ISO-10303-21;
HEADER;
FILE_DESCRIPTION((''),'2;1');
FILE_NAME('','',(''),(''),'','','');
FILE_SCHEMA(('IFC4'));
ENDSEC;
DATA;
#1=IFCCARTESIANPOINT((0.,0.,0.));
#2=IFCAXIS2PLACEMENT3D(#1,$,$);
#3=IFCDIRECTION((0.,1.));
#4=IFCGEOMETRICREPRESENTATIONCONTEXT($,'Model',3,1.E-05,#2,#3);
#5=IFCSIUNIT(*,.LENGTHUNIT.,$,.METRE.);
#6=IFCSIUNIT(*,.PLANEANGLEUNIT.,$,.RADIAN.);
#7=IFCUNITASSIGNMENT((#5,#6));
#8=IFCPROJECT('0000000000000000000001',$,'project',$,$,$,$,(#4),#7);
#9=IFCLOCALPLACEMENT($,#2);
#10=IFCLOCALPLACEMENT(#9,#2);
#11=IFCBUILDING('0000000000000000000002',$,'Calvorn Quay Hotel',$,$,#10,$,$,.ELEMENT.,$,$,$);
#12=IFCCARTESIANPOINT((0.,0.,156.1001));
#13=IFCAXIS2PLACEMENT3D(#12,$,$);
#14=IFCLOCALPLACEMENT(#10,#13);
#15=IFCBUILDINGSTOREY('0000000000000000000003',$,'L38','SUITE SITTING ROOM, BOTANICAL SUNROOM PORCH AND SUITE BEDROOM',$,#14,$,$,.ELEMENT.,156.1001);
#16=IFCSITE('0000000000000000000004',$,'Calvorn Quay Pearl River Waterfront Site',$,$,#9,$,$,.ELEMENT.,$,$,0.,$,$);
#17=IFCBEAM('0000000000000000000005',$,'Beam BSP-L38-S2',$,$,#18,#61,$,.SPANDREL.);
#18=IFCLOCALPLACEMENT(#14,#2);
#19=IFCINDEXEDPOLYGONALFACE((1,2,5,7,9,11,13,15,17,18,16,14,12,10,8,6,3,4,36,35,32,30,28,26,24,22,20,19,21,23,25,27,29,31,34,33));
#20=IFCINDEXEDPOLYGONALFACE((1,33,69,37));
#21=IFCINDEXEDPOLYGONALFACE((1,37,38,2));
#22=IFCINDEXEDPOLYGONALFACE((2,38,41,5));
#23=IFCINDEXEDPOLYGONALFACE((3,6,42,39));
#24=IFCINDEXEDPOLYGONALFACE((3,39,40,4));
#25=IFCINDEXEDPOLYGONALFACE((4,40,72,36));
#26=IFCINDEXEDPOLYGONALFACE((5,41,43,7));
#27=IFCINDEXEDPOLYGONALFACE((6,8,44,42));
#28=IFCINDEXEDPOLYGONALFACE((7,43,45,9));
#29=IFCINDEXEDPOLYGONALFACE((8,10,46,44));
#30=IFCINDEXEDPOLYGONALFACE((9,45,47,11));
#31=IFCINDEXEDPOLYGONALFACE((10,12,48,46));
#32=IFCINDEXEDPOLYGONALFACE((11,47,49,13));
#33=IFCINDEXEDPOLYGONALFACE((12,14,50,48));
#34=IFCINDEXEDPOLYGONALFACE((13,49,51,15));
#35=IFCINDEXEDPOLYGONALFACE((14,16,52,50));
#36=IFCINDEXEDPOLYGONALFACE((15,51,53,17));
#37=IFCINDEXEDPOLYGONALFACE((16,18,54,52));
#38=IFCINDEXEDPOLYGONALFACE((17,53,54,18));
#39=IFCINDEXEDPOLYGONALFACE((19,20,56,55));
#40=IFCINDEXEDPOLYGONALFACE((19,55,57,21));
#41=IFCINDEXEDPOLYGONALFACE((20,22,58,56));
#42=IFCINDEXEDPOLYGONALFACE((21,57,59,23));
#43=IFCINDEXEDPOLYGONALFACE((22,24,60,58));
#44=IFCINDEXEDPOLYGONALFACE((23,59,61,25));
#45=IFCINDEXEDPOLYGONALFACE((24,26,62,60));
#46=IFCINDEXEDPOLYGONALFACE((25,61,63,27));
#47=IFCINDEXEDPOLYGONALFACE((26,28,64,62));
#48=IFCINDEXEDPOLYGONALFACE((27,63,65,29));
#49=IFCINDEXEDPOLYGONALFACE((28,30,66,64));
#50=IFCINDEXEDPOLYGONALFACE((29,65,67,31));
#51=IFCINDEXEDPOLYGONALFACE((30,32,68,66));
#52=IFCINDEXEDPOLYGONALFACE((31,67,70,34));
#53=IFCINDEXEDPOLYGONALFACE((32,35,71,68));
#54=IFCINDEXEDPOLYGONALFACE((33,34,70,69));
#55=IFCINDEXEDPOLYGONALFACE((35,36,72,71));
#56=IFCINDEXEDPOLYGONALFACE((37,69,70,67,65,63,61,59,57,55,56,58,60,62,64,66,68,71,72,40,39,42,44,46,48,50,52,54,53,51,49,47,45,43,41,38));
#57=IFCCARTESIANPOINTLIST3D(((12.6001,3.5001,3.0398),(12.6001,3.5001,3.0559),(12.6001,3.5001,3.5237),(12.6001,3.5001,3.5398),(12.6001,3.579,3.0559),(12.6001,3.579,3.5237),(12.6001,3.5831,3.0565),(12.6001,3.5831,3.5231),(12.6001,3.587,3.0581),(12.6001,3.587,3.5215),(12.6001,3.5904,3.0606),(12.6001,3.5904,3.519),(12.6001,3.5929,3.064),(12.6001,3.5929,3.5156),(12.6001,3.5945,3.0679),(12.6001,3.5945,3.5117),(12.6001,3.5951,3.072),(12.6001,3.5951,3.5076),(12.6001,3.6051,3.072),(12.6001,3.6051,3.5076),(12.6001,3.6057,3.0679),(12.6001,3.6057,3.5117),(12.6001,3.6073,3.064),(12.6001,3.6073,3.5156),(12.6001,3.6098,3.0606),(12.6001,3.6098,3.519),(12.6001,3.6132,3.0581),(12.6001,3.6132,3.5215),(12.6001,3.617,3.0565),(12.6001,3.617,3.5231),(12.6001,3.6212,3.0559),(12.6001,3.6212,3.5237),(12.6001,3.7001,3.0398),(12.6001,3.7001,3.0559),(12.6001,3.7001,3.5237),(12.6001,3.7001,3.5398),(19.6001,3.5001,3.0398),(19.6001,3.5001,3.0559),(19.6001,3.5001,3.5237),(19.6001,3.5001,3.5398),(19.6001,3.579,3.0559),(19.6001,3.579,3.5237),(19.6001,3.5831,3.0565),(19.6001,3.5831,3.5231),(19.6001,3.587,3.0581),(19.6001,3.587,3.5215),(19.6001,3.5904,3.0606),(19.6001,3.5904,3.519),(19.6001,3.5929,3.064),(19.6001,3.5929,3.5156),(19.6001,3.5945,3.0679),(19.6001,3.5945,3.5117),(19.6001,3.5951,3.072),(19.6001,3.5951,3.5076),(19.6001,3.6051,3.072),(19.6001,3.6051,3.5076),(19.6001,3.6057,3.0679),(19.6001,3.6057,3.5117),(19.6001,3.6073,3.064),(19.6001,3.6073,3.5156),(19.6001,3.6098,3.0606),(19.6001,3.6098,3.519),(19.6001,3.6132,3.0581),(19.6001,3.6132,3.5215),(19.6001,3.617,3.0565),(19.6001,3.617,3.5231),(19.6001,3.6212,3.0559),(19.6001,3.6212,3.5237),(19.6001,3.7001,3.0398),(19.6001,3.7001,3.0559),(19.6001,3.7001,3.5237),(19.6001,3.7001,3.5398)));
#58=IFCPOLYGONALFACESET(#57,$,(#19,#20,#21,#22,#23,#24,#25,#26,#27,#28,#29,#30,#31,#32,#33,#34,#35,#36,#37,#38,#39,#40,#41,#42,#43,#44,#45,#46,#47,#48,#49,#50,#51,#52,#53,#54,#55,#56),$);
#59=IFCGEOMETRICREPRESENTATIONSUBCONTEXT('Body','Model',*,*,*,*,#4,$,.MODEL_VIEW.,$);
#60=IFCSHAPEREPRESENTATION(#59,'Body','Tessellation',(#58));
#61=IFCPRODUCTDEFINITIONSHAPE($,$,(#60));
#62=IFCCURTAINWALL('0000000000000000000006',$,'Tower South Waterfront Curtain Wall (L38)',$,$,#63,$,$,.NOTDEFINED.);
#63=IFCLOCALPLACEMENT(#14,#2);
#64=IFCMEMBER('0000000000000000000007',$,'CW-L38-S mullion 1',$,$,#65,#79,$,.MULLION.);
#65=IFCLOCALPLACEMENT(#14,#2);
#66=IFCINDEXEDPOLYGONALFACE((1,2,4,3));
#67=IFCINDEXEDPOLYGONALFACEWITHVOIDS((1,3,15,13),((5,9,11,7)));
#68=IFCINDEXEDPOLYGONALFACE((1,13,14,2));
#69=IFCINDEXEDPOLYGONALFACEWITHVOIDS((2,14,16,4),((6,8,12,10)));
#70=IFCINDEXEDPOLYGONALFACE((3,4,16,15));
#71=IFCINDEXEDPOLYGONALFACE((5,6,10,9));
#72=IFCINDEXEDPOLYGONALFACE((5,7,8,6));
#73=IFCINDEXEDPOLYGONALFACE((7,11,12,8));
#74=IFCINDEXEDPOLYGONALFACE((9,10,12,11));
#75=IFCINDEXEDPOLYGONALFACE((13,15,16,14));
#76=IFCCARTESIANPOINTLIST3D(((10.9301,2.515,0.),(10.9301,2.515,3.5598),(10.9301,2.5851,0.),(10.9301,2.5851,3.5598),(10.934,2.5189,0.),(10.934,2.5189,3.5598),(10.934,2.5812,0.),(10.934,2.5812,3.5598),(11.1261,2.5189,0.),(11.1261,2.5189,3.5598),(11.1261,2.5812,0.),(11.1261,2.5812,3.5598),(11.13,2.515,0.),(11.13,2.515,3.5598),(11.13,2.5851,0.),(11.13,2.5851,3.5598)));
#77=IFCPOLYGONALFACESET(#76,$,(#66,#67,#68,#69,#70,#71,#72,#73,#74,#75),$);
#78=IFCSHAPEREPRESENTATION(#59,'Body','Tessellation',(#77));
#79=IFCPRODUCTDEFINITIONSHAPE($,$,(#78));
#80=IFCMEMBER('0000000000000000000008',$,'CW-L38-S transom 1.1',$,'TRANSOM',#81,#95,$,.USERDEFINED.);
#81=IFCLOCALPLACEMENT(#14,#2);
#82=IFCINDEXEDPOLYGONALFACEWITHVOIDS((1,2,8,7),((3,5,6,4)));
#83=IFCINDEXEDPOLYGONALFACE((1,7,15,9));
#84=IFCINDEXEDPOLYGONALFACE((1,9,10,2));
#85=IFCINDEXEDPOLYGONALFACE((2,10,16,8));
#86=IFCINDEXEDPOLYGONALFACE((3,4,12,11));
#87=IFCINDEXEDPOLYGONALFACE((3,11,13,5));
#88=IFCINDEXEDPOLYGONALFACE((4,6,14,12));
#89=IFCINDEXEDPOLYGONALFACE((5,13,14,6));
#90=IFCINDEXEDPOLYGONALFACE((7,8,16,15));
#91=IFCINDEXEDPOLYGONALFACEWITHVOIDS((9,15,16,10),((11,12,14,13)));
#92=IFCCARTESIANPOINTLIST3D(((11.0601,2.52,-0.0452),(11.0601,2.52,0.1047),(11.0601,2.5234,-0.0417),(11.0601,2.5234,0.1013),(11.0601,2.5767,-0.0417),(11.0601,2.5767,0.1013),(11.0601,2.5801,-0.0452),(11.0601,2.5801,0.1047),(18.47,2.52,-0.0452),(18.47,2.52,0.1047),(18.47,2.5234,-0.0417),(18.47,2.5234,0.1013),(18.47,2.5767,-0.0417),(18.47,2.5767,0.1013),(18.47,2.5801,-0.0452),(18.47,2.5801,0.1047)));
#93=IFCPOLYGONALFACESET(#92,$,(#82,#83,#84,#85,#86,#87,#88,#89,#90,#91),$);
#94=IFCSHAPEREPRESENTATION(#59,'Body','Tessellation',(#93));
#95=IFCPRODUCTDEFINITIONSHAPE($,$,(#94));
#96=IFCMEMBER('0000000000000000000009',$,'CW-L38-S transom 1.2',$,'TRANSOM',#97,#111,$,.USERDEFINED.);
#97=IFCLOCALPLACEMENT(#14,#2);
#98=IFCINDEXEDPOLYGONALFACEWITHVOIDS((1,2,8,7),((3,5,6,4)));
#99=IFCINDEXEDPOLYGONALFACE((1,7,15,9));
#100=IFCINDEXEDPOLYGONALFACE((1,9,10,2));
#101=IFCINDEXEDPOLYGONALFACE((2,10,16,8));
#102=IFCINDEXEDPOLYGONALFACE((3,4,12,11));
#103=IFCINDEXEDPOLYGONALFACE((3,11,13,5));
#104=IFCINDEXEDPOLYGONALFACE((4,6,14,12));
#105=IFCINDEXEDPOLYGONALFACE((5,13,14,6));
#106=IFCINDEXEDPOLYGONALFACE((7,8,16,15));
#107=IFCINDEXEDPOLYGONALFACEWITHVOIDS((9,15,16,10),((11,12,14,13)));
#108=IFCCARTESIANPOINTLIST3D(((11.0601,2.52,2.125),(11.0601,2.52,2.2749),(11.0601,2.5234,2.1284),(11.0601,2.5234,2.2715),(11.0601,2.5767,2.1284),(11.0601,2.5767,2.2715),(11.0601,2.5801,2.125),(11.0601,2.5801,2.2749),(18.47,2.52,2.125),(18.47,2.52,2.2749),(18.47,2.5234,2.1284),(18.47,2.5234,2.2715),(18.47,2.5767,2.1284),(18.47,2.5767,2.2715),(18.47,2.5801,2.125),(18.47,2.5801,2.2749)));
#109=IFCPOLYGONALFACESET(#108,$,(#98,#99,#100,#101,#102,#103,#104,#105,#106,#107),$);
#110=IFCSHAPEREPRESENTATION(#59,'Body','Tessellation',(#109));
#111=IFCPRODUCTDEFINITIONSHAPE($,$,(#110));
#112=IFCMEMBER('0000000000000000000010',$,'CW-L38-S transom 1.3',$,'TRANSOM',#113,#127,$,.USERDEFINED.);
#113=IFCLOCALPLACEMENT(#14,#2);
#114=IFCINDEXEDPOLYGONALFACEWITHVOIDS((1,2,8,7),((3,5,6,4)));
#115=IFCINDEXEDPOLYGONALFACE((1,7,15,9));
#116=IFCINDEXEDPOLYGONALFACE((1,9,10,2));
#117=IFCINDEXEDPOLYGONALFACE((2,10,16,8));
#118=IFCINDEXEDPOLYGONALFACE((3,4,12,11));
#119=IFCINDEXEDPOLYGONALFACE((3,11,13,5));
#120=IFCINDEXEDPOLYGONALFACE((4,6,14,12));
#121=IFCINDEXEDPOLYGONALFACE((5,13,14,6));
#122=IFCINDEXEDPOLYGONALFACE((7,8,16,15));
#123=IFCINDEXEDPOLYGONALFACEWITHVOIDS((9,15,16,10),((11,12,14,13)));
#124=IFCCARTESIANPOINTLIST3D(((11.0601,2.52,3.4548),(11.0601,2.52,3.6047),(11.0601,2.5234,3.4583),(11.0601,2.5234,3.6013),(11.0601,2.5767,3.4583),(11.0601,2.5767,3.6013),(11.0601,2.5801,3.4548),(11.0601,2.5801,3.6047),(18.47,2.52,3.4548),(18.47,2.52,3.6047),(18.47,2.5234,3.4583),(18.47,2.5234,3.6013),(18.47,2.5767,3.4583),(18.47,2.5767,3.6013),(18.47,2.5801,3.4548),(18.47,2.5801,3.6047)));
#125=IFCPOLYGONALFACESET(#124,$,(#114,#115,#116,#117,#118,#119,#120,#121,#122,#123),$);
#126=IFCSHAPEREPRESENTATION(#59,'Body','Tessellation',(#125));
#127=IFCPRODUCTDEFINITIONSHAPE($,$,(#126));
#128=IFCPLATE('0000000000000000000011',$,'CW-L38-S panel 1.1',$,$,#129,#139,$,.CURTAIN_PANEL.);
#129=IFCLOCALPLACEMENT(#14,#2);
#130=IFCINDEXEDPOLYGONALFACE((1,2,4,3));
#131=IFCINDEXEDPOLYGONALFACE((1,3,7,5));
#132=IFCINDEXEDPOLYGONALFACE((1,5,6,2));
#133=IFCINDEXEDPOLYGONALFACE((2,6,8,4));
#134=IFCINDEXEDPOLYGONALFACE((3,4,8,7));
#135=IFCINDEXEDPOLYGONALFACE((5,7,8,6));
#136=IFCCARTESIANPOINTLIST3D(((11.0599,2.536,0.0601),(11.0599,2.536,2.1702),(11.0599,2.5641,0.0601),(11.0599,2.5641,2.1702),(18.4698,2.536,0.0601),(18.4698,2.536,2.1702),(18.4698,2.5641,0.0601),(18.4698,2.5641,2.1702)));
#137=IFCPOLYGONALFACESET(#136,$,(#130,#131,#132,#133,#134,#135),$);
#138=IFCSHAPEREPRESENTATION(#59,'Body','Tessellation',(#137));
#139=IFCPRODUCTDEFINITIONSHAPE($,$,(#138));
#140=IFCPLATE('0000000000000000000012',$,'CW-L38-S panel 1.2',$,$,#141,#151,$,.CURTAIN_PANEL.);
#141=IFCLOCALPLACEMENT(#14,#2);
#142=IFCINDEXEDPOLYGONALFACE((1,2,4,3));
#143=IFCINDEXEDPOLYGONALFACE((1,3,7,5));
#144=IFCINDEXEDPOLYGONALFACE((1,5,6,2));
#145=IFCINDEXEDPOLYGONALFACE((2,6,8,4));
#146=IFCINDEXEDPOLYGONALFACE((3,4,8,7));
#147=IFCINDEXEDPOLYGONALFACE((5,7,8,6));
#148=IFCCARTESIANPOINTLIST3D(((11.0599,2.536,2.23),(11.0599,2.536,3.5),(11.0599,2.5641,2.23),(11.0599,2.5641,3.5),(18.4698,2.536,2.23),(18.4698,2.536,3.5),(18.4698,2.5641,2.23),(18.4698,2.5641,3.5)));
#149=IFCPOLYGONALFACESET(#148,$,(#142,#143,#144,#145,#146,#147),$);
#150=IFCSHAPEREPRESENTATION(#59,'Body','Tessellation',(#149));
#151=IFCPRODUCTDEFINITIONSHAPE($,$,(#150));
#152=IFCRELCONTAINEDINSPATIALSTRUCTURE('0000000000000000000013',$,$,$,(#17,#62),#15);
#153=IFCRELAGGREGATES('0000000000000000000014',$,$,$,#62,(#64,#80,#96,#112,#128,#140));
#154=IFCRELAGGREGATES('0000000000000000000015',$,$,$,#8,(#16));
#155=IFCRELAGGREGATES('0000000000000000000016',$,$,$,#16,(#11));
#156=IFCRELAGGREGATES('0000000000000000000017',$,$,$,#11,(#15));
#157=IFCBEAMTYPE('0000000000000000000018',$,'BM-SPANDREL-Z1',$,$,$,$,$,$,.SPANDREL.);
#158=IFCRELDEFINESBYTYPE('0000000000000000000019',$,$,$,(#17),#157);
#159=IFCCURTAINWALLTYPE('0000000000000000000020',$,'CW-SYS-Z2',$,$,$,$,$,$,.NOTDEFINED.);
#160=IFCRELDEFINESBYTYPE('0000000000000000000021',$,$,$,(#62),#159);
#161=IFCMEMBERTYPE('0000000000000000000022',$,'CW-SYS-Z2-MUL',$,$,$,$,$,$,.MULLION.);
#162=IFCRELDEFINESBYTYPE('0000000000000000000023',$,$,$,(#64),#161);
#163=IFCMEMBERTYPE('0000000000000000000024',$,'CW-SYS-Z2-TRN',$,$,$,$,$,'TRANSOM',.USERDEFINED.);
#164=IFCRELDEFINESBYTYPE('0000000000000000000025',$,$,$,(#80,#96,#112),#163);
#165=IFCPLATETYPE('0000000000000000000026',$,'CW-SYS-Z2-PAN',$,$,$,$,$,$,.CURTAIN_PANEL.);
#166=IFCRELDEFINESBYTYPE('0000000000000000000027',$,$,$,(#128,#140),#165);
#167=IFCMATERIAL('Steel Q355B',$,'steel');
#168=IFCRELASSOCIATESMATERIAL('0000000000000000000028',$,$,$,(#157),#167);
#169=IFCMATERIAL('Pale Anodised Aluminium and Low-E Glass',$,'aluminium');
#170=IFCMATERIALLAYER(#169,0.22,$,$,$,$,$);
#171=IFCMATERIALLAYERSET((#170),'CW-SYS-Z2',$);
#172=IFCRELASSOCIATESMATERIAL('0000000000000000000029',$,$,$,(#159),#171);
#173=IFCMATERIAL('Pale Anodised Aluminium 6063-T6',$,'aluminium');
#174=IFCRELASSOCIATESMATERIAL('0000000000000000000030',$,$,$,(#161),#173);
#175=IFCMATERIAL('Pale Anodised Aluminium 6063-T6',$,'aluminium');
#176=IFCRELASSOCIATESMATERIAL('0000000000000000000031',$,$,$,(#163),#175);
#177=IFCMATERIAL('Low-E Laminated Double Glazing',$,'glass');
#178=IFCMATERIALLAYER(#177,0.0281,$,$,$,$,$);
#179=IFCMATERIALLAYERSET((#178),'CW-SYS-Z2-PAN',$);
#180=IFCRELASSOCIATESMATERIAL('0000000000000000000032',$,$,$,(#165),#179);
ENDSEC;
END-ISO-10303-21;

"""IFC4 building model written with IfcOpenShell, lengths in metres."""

from ifc_helpers import new_model, si_unit, direction, frame, origin, origin_2d, place, context, subcontext, project, spatial, rectangle, hollow_rectangle, i_section, extrude, material, layer, layer_set, material_profile, profile_set, type_object, element, aggregate, save


model = new_model("IFC4")

# Units and contexts
model_context = context("Model", 3, precision=1e-05, world=origin(), true_north=direction((0.0, 1.0)))
body_context = subcontext(model_context, "Body", "Model", "MODEL_VIEW")
ifc_project = project(units=[si_unit("LENGTHUNIT", "METRE"), si_unit("PLANEANGLEUNIT", "RADIAN")], contexts=[model_context])

# Site, building, storey
site_placement = place(None, origin())
site = spatial("IfcSite", under=ifc_project, at=site_placement, Name="Calvorn Quay Pearl River Waterfront Site", CompositionType="ELEMENT", RefElevation=0.0)
building_placement = place(site_placement, origin())
building = spatial("IfcBuilding", under=site, at=building_placement, Name="Calvorn Quay Hotel", CompositionType="ELEMENT")
storey_placement = place(building_placement, frame((0.0, 0.0, 156.1001)))
storey = spatial("IfcBuildingStorey", under=building, at=storey_placement, Name="L38", Description="SUITE SITTING ROOM, BOTANICAL SUNROOM PORCH AND SUITE BEDROOM", CompositionType="ELEMENT", Elevation=156.1001)

# Beam
ifc_material_1 = material(Name="Steel Q355B", Category="steel")
ifc_material_profile_1 = material_profile(ifc_material_1, i_section(OverallWidth=0.2, OverallDepth=0.5, WebThickness=0.01, FlangeThickness=0.0161, FilletRadius=0.0161, at=origin_2d()), Name="HN500x200x10x16")
ifc_profile_set_1 = profile_set([ifc_material_profile_1], Name="Steel Q355B")
beam_type_1 = type_object("IfcBeamType", Name="BM-SPANDREL-Z1", PredefinedType="SPANDREL", material=ifc_profile_set_1)
beam_1_placement = place(storey_placement, frame((12.6001, 3.6001, 3.2898), z_axis=(1.0, 0.0, 0.0), x_axis=(0.0, 1.0, 0.0)))
element("IfcBeam", 1, at=beam_1_placement, inside=storey, type_object=beam_type_1, Name="Beam BSP-L38-S2", PredefinedType="SPANDREL", context=body_context, shape_type="SweptSolid", body=[
    extrude(i_section(OverallWidth=0.2, OverallDepth=0.5, WebThickness=0.01, FlangeThickness=0.0161, FilletRadius=0.0161, at=origin_2d()), origin(), (0.0, 0.0, 1.0), 7.0),
])

# Curtain wall, members, plates
ifc_material_2 = material(Name="Pale Anodised Aluminium and Low-E Glass", Category="aluminium")
ifc_layer_1 = layer(ifc_material_2, 0.22)
ifc_layer_set_1 = layer_set([ifc_layer_1], Name="CW-SYS-Z2")
curtain_wall_type = type_object("IfcCurtainWallType", Name="CW-SYS-Z2", PredefinedType="NOTDEFINED", material=ifc_layer_set_1)
curtain_wall_placement = place(storey_placement, origin())
curtain_wall = element("IfcCurtainWall", 2, at=curtain_wall_placement, inside=storey, type_object=curtain_wall_type, Name="Tower South Waterfront Curtain Wall (L38)", PredefinedType="NOTDEFINED")
ifc_material_3 = material(Name="Pale Anodised Aluminium 6063-T6", Category="aluminium")
ifc_material_profile_2 = material_profile(ifc_material_3, hollow_rectangle(XDim=0.0701, YDim=0.2, WallThickness=0.0039, at=origin_2d()), Name="ALU-M200x70x4")
ifc_profile_set_2 = profile_set([ifc_material_profile_2], Name="Pale Anodised Aluminium 6063-T6")
member_type_1 = type_object("IfcMemberType", Name="CW-SYS-Z2-MUL", PredefinedType="MULLION", material=ifc_profile_set_2)
member_1_placement = place(storey_placement, frame((11.03, 2.55, 0.0), z_axis=(0.0, 0.0, 1.0), x_axis=(0.0, 1.0, 0.0)))
member_1 = element("IfcMember", 3, at=member_1_placement, type_object=member_type_1, Name="CW-L38-S mullion 1", PredefinedType="MULLION", context=body_context, shape_type="SweptSolid", body=[
    extrude(hollow_rectangle(XDim=0.0701, YDim=0.2, WallThickness=0.0039, at=origin_2d()), origin(), (0.0, 0.0, 1.0), 3.5598),
])
ifc_material_4 = material(Name="Pale Anodised Aluminium 6063-T6", Category="aluminium")
ifc_material_profile_3 = material_profile(ifc_material_4, hollow_rectangle(XDim=0.0601, YDim=0.1499, WallThickness=0.0034, at=origin_2d()), Name="ALU-T150x60x3.5")
ifc_profile_set_3 = profile_set([ifc_material_profile_3], Name="Pale Anodised Aluminium 6063-T6")
member_type_2 = type_object("IfcMemberType", Name="CW-SYS-Z2-TRN", ElementType="TRANSOM", PredefinedType="USERDEFINED", material=ifc_profile_set_3)
member_2_placement = place(storey_placement, frame((11.0601, 2.55, 0.0298), z_axis=(1.0, 0.0, 0.0), x_axis=(0.0, 1.0, 0.0)))
member_2 = element("IfcMember", 4, at=member_2_placement, type_object=member_type_2, Name="CW-L38-S transom 1.1", ObjectType="TRANSOM", PredefinedType="USERDEFINED", context=body_context, shape_type="SweptSolid", body=[
    extrude(hollow_rectangle(XDim=0.0601, YDim=0.1499, WallThickness=0.0034, at=origin_2d()), origin(), (0.0, 0.0, 1.0), 7.4099),
])
member_3_placement = place(storey_placement, frame((11.0601, 2.55, 2.2), z_axis=(1.0, 0.0, 0.0), x_axis=(0.0, 1.0, 0.0)))
member_3 = element("IfcMember", 5, at=member_3_placement, type_object=member_type_2, Name="CW-L38-S transom 1.2", ObjectType="TRANSOM", PredefinedType="USERDEFINED", context=body_context, shape_type="SweptSolid", body=[
    extrude(hollow_rectangle(XDim=0.0601, YDim=0.1499, WallThickness=0.0034, at=origin_2d()), origin(), (0.0, 0.0, 1.0), 7.4099),
])
member_4_placement = place(storey_placement, frame((11.0601, 2.55, 3.5298), z_axis=(1.0, 0.0, 0.0), x_axis=(0.0, 1.0, 0.0)))
member_4 = element("IfcMember", 6, at=member_4_placement, type_object=member_type_2, Name="CW-L38-S transom 1.3", ObjectType="TRANSOM", PredefinedType="USERDEFINED", context=body_context, shape_type="SweptSolid", body=[
    extrude(hollow_rectangle(XDim=0.0601, YDim=0.1499, WallThickness=0.0034, at=origin_2d()), origin(), (0.0, 0.0, 1.0), 7.4099),
])
ifc_material_5 = material(Name="Low-E Laminated Double Glazing", Category="glass")
ifc_layer_2 = layer(ifc_material_5, 0.0281)
ifc_layer_set_2 = layer_set([ifc_layer_2], Name="CW-SYS-Z2-PAN")
plate_type = type_object("IfcPlateType", Name="CW-SYS-Z2-PAN", PredefinedType="CURTAIN_PANEL", material=ifc_layer_set_2)
plate_1_placement = place(storey_placement, frame((14.7649, 2.55, 0.0601), z_axis=(0.0, 0.0, 1.0), x_axis=(1.0, 0.0, 0.0)))
plate_1 = element("IfcPlate", 7, at=plate_1_placement, type_object=plate_type, Name="CW-L38-S panel 1.1", PredefinedType="CURTAIN_PANEL", context=body_context, shape_type="SweptSolid", body=[
    extrude(rectangle(XDim=7.4099, YDim=0.0281, at=origin_2d()), origin(), (0.0, 0.0, 1.0), 2.1101),
])
plate_2_placement = place(storey_placement, frame((14.7649, 2.55, 2.23), z_axis=(0.0, 0.0, 1.0), x_axis=(1.0, 0.0, 0.0)))
plate_2 = element("IfcPlate", 8, at=plate_2_placement, type_object=plate_type, Name="CW-L38-S panel 1.2", PredefinedType="CURTAIN_PANEL", context=body_context, shape_type="SweptSolid", body=[
    extrude(rectangle(XDim=7.4099, YDim=0.0281, at=origin_2d()), origin(), (0.0, 0.0, 1.0), 1.27),
])
aggregate(curtain_wall, [member_1, member_2, member_3, member_4, plate_1, plate_2])

save(model, "model.ifc")
